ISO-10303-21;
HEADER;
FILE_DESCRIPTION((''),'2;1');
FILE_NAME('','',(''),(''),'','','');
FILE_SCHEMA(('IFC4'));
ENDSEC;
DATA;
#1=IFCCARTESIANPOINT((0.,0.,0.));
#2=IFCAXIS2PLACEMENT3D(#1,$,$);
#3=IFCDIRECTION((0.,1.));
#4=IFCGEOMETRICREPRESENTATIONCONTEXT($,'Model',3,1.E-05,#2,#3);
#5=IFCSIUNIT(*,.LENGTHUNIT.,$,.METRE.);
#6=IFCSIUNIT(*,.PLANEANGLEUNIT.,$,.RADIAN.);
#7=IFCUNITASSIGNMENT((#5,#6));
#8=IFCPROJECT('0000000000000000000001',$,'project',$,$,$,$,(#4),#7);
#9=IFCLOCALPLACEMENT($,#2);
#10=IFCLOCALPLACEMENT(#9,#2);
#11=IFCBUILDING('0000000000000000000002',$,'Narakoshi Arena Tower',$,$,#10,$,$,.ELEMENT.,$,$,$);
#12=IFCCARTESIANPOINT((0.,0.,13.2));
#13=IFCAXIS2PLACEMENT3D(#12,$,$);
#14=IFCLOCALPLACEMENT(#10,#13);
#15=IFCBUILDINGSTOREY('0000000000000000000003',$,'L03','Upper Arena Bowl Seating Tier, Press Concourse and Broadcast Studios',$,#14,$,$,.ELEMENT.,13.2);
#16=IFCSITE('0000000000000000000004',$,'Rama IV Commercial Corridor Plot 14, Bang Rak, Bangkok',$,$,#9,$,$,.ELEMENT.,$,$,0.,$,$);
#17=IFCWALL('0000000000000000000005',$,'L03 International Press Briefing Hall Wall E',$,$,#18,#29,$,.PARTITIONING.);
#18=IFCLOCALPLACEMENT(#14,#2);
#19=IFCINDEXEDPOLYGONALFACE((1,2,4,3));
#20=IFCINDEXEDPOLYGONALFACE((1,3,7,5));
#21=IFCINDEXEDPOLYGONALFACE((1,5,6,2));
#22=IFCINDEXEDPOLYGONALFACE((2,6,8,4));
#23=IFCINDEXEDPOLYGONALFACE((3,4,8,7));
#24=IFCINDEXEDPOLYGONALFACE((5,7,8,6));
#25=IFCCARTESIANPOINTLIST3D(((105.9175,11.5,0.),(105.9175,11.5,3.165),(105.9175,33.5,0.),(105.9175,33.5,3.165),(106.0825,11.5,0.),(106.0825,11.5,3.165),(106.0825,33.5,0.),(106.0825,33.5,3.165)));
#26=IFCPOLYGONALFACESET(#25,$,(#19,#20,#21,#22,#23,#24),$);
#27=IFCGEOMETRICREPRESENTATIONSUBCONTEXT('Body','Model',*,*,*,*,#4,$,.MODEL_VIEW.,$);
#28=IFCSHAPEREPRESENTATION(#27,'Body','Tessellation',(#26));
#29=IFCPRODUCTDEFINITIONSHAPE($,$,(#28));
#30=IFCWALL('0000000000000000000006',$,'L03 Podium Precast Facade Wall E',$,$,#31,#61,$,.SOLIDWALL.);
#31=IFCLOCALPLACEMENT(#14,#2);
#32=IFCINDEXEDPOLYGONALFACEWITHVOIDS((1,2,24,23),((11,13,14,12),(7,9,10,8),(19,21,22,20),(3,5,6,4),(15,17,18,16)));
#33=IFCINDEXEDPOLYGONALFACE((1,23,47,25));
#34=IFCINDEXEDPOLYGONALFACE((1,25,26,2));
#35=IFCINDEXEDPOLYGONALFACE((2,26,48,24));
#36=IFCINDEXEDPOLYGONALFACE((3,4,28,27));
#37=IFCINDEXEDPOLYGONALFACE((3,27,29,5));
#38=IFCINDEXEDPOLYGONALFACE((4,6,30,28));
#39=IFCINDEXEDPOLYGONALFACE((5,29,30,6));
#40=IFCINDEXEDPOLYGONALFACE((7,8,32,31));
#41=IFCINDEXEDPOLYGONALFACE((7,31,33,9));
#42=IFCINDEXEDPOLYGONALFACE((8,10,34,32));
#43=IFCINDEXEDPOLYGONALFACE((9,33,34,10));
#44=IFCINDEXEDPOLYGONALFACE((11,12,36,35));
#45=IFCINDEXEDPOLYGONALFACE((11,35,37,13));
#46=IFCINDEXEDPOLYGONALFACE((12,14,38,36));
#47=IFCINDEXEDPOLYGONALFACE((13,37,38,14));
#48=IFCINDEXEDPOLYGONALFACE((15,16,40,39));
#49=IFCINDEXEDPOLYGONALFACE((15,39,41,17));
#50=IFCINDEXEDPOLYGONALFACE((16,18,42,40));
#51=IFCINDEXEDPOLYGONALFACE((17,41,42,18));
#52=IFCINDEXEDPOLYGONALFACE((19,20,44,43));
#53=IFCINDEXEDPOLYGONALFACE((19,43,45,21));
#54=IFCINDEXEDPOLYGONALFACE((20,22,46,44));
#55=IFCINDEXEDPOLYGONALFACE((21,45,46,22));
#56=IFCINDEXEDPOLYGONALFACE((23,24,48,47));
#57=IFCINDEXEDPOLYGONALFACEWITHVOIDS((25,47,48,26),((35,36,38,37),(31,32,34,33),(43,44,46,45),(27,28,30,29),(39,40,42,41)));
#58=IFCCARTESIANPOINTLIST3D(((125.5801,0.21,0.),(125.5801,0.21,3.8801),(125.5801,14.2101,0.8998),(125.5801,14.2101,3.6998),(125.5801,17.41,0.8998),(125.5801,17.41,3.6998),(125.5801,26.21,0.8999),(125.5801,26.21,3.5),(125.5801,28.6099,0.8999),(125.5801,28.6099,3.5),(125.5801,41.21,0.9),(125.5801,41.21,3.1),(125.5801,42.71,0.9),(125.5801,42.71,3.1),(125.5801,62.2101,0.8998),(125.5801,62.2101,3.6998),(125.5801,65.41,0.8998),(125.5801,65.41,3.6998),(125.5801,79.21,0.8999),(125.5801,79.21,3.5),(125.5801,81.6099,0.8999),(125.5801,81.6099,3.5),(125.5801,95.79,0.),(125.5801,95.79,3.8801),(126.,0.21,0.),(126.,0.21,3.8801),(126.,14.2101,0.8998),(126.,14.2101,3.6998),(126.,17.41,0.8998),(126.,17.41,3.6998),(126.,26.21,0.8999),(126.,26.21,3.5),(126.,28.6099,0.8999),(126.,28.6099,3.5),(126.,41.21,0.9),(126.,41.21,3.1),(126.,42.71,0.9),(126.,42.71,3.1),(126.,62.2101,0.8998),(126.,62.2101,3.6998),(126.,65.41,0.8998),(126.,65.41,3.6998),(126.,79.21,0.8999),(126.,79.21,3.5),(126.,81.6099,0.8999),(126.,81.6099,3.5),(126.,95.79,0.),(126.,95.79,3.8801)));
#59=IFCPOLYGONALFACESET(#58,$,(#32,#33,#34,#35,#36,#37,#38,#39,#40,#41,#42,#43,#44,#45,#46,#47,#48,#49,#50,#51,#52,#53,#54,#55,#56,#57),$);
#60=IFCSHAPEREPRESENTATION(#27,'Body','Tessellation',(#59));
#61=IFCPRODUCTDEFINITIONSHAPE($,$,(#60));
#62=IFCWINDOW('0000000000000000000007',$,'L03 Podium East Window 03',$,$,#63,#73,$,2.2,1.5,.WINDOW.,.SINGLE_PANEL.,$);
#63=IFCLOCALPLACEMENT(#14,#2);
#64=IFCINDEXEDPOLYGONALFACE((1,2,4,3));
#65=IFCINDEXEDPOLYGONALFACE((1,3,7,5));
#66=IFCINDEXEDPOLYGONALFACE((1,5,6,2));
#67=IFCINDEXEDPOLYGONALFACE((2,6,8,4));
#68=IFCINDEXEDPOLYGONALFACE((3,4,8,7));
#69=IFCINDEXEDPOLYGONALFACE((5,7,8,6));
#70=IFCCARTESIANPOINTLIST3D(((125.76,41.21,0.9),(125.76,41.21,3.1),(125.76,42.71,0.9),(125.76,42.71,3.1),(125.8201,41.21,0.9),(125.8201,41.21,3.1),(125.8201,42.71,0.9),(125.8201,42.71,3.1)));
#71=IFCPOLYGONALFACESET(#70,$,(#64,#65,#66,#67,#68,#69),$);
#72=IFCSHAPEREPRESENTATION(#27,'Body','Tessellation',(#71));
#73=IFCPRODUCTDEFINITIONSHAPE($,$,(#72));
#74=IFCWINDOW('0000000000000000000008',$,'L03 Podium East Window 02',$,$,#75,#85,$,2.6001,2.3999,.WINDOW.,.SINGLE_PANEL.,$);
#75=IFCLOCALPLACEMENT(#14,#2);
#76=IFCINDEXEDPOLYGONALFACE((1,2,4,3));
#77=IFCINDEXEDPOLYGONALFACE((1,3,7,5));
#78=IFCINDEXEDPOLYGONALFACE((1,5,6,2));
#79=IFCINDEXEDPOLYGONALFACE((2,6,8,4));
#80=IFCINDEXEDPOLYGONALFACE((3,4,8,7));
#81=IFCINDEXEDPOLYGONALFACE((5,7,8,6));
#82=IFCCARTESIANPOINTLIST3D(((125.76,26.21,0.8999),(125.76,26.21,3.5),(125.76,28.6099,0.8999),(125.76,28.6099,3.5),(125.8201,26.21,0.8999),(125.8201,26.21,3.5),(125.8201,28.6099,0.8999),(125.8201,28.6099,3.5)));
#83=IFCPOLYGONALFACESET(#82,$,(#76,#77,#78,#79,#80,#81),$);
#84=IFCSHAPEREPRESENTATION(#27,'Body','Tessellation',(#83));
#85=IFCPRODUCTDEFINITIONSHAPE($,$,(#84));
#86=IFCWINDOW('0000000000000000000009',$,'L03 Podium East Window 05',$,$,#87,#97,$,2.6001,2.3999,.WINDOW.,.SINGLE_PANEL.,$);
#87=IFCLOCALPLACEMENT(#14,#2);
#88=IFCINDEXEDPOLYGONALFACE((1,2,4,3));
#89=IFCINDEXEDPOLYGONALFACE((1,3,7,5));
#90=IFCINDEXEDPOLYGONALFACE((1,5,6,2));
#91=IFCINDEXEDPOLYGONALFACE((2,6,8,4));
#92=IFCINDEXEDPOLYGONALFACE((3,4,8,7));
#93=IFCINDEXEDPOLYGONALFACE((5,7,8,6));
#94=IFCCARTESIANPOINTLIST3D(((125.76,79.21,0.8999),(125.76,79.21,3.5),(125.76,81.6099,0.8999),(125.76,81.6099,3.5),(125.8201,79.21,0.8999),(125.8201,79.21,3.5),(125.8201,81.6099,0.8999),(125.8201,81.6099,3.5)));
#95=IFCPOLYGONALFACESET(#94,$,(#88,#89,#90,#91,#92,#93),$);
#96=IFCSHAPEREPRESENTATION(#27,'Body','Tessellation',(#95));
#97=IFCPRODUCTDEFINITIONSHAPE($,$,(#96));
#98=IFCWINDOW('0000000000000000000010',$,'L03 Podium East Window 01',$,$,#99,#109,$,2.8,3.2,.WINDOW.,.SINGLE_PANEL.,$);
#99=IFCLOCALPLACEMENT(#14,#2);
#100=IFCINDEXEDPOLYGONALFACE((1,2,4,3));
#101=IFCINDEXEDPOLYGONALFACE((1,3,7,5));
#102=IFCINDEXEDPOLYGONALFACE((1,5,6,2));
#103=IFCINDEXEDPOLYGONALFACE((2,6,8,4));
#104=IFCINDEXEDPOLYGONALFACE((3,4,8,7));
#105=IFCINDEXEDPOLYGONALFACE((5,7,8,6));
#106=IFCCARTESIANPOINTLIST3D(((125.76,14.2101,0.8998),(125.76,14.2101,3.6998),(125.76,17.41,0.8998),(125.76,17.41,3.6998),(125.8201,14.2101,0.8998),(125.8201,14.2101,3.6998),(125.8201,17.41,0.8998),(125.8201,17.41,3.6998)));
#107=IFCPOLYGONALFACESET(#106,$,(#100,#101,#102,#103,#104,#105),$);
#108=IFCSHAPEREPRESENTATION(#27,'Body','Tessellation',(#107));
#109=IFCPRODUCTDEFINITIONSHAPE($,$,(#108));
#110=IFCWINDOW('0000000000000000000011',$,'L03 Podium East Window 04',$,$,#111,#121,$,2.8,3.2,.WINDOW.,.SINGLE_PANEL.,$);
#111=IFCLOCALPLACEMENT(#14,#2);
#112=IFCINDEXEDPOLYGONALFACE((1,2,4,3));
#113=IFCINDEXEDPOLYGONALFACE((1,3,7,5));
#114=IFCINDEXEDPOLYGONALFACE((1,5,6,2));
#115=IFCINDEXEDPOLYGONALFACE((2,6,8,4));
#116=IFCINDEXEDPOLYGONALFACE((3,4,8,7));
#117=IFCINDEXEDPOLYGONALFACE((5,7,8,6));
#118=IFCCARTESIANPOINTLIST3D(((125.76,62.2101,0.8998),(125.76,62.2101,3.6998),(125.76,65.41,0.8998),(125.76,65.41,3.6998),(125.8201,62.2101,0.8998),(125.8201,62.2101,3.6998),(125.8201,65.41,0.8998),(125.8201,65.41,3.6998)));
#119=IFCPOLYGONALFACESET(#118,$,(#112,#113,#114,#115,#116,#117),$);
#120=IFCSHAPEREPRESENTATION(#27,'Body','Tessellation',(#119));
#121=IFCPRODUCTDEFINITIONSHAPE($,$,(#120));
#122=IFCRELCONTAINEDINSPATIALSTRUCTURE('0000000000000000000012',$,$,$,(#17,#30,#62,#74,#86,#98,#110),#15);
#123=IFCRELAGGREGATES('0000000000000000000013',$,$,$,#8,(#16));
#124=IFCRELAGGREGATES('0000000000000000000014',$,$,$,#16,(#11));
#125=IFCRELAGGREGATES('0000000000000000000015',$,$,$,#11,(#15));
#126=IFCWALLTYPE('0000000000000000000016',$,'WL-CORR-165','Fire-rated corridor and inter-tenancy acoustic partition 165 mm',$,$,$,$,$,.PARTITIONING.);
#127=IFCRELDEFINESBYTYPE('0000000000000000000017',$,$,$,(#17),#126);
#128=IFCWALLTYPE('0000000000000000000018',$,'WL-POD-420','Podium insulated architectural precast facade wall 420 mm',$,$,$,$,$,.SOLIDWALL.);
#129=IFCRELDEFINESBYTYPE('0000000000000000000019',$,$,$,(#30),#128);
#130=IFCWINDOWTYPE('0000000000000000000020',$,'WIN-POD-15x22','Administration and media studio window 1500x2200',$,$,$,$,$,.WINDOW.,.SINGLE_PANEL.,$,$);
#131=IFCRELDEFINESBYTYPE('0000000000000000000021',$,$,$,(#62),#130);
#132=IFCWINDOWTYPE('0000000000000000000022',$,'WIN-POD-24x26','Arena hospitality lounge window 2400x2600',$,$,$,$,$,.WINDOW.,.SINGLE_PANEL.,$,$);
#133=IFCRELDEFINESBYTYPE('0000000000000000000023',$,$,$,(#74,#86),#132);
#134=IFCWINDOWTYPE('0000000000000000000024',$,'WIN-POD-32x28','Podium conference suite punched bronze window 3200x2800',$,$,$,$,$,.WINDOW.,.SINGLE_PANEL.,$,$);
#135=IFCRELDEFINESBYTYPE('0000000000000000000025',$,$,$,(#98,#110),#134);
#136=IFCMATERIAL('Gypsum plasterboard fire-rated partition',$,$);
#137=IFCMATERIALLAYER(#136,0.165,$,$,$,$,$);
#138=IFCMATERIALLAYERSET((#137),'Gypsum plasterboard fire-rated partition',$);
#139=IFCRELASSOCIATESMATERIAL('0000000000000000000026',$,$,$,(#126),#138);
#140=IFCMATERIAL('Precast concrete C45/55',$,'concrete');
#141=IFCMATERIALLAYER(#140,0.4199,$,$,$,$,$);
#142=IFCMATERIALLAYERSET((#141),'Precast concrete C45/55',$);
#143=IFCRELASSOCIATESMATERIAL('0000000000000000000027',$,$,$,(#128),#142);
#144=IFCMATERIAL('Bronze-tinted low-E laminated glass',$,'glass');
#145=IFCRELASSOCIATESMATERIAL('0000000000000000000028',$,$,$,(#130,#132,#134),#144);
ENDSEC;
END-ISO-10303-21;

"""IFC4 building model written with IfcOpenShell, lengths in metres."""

from ifc_helpers import new_model, si_unit, direction, frame, frame_2d, origin, place, context, subcontext, project, spatial, rectangle, extrude, material, layer, layer_set, type_object, element, fill, save


model = new_model("IFC4")

# Units and contexts
model_context = context("Model", 3, precision=1e-05, world=origin(), true_north=direction((0.0, 1.0)))
body_context = subcontext(model_context, "Body", "Model", "MODEL_VIEW")
ifc_project = project(units=[si_unit("LENGTHUNIT", "METRE"), si_unit("PLANEANGLEUNIT", "RADIAN")], contexts=[model_context])

# Site, building, storey
site_placement = place(None, origin())
site = spatial("IfcSite", under=ifc_project, at=site_placement, Name="Rama IV Commercial Corridor Plot 14, Bang Rak, Bangkok", CompositionType="ELEMENT", RefElevation=0.0)
building_placement = place(site_placement, origin())
building = spatial("IfcBuilding", under=site, at=building_placement, Name="Narakoshi Arena Tower", CompositionType="ELEMENT")
storey_placement = place(building_placement, frame((0.0, 0.0, 13.2)))
storey = spatial("IfcBuildingStorey", under=building, at=storey_placement, Name="L03", Description="Upper Arena Bowl Seating Tier, Press Concourse and Broadcast Studios", CompositionType="ELEMENT", Elevation=13.2)

# Wall
ifc_material_1 = material(Name="Gypsum plasterboard fire-rated partition")
ifc_layer_1 = layer(ifc_material_1, 0.165)
ifc_layer_set_1 = layer_set([ifc_layer_1], Name="Gypsum plasterboard fire-rated partition")
wall_type_1 = type_object("IfcWallType", Name="WL-CORR-165", Description="Fire-rated corridor and inter-tenancy acoustic partition 165 mm", PredefinedType="PARTITIONING", material=ifc_layer_set_1)
wall_1_placement = place(storey_placement, frame((106.0, 11.5, 0.0), z_axis=(0.0, 0.0, 1.0), x_axis=(0.0, 1.0, 0.0)))
element("IfcWall", 1, at=wall_1_placement, inside=storey, type_object=wall_type_1, Name="L03 International Press Briefing Hall Wall E", PredefinedType="PARTITIONING", context=body_context, shape_type="SweptSolid", body=[
    extrude(rectangle(XDim=22.0, YDim=0.165, at=frame_2d((11.0, 0.0))), origin(), (0.0, 0.0, 1.0), 3.165),
])

# Wall, openings, windows
ifc_material_2 = material(Name="Precast concrete C45/55", Category="concrete")
ifc_layer_2 = layer(ifc_material_2, 0.4199)
ifc_layer_set_2 = layer_set([ifc_layer_2], Name="Precast concrete C45/55")
wall_type_2 = type_object("IfcWallType", Name="WL-POD-420", Description="Podium insulated architectural precast facade wall 420 mm", PredefinedType="SOLIDWALL", material=ifc_layer_set_2)
wall_2_placement = place(storey_placement, frame((125.79, 0.21, 0.0), z_axis=(0.0, 0.0, 1.0), x_axis=(0.0, 1.0, 0.0)))
wall_2 = element("IfcWall", 2, at=wall_2_placement, inside=storey, type_object=wall_type_2, Name="L03 Podium Precast Facade Wall E", PredefinedType="SOLIDWALL", context=body_context, shape_type="SweptSolid", body=[
    extrude(rectangle(XDim=95.5801, YDim=0.4199, at=frame_2d((47.79, 0.0))), origin(), (0.0, 0.0, 1.0), 3.8801),
])
opening_1_placement = place(wall_2_placement, frame((14.0, 0.0, 0.8999)))
opening_1 = element("IfcOpeningElement", 3, at=opening_1_placement, cuts=wall_2, PredefinedType="OPENING", context=body_context, shape_type="SweptSolid", body=[
    extrude(rectangle(XDim=3.2, YDim=2.8, at=frame_2d((1.6001, 1.3999))), frame((0.0, 0.22, 0.0), z_axis=(0.0, -1.0, 0.0), x_axis=(1.0, 0.0, 0.0)), (0.0, 0.0, 1.0), 0.4399),
])
opening_2_placement = place(wall_2_placement, frame((26.0, 0.0, 0.8999)))
opening_2 = element("IfcOpeningElement", 4, at=opening_2_placement, cuts=wall_2, PredefinedType="OPENING", context=body_context, shape_type="SweptSolid", body=[
    extrude(rectangle(XDim=2.3999, YDim=2.6001, at=frame_2d((1.2, 1.3))), frame((0.0, 0.22, 0.0), z_axis=(0.0, -1.0, 0.0), x_axis=(1.0, 0.0, 0.0)), (0.0, 0.0, 1.0), 0.4399),
])
opening_3_placement = place(wall_2_placement, frame((41.0, 0.0, 0.8999)))
opening_3 = element("IfcOpeningElement", 5, at=opening_3_placement, cuts=wall_2, PredefinedType="OPENING", context=body_context, shape_type="SweptSolid", body=[
    extrude(rectangle(XDim=1.5, YDim=2.2, at=frame_2d((0.75, 1.1001))), frame((0.0, 0.22, 0.0), z_axis=(0.0, -1.0, 0.0), x_axis=(1.0, 0.0, 0.0)), (0.0, 0.0, 1.0), 0.4399),
])
opening_4_placement = place(wall_2_placement, frame((62.0, 0.0, 0.8999)))
opening_4 = element("IfcOpeningElement", 6, at=opening_4_placement, cuts=wall_2, PredefinedType="OPENING", context=body_context, shape_type="SweptSolid", body=[
    extrude(rectangle(XDim=3.2, YDim=2.8, at=frame_2d((1.6001, 1.3999))), frame((0.0, 0.22, 0.0), z_axis=(0.0, -1.0, 0.0), x_axis=(1.0, 0.0, 0.0)), (0.0, 0.0, 1.0), 0.4399),
])
opening_5_placement = place(wall_2_placement, frame((79.0, 0.0, 0.8999)))
opening_5 = element("IfcOpeningElement", 7, at=opening_5_placement, cuts=wall_2, PredefinedType="OPENING", context=body_context, shape_type="SweptSolid", body=[
    extrude(rectangle(XDim=2.3999, YDim=2.6001, at=frame_2d((1.2, 1.3))), frame((0.0, 0.22, 0.0), z_axis=(0.0, -1.0, 0.0), x_axis=(1.0, 0.0, 0.0)), (0.0, 0.0, 1.0), 0.4399),
])
ifc_material_3 = material(Name="Bronze-tinted low-E laminated glass", Category="glass")
window_type_1 = type_object("IfcWindowType", Name="WIN-POD-15x22", Description="Administration and media studio window 1500x2200", PartitioningType="SINGLE_PANEL", PredefinedType="WINDOW", material=ifc_material_3)
window_1_placement = place(opening_3_placement, origin())
window_1 = element("IfcWindow", 8, at=window_1_placement, inside=storey, type_object=window_type_1, Name="L03 Podium East Window 03", OverallHeight=2.2, OverallWidth=1.5, PartitioningType="SINGLE_PANEL", PredefinedType="WINDOW", context=body_context, shape_type="SweptSolid", body=[
    extrude(rectangle(XDim=1.5, YDim=2.2, at=frame_2d((0.75, 1.1001))), frame((0.0, 0.03, 0.0), z_axis=(0.0, -1.0, 0.0), x_axis=(1.0, 0.0, 0.0)), (0.0, 0.0, 1.0), 0.0601),
])
fill(opening_3, window_1)
window_type_2 = type_object("IfcWindowType", Name="WIN-POD-24x26", Description="Arena hospitality lounge window 2400x2600", PartitioningType="SINGLE_PANEL", PredefinedType="WINDOW", material=ifc_material_3)
window_2_placement = place(opening_2_placement, origin())
window_2 = element("IfcWindow", 9, at=window_2_placement, inside=storey, type_object=window_type_2, Name="L03 Podium East Window 02", OverallHeight=2.6001, OverallWidth=2.3999, PartitioningType="SINGLE_PANEL", PredefinedType="WINDOW", context=body_context, shape_type="SweptSolid", body=[
    extrude(rectangle(XDim=2.3999, YDim=2.6001, at=frame_2d((1.2, 1.3))), frame((0.0, 0.03, 0.0), z_axis=(0.0, -1.0, 0.0), x_axis=(1.0, 0.0, 0.0)), (0.0, 0.0, 1.0), 0.0601),
])
fill(opening_2, window_2)
window_3_placement = place(opening_5_placement, origin())
window_3 = element("IfcWindow", 10, at=window_3_placement, inside=storey, type_object=window_type_2, Name="L03 Podium East Window 05", OverallHeight=2.6001, OverallWidth=2.3999, PartitioningType="SINGLE_PANEL", PredefinedType="WINDOW", context=body_context, shape_type="SweptSolid", body=[
    extrude(rectangle(XDim=2.3999, YDim=2.6001, at=frame_2d((1.2, 1.3))), frame((0.0, 0.03, 0.0), z_axis=(0.0, -1.0, 0.0), x_axis=(1.0, 0.0, 0.0)), (0.0, 0.0, 1.0), 0.0601),
])
fill(opening_5, window_3)
window_type_3 = type_object("IfcWindowType", Name="WIN-POD-32x28", Description="Podium conference suite punched bronze window 3200x2800", PartitioningType="SINGLE_PANEL", PredefinedType="WINDOW", material=ifc_material_3)
window_4_placement = place(opening_1_placement, origin())
window_4 = element("IfcWindow", 11, at=window_4_placement, inside=storey, type_object=window_type_3, Name="L03 Podium East Window 01", OverallHeight=2.8, OverallWidth=3.2, PartitioningType="SINGLE_PANEL", PredefinedType="WINDOW", context=body_context, shape_type="SweptSolid", body=[
    extrude(rectangle(XDim=3.2, YDim=2.8, at=frame_2d((1.6001, 1.3999))), frame((0.0, 0.03, 0.0), z_axis=(0.0, -1.0, 0.0), x_axis=(1.0, 0.0, 0.0)), (0.0, 0.0, 1.0), 0.0601),
])
fill(opening_1, window_4)
window_5_placement = place(opening_4_placement, origin())
window_5 = element("IfcWindow", 12, at=window_5_placement, inside=storey, type_object=window_type_3, Name="L03 Podium East Window 04", OverallHeight=2.8, OverallWidth=3.2, PartitioningType="SINGLE_PANEL", PredefinedType="WINDOW", context=body_context, shape_type="SweptSolid", body=[
    extrude(rectangle(XDim=3.2, YDim=2.8, at=frame_2d((1.6001, 1.3999))), frame((0.0, 0.03, 0.0), z_axis=(0.0, -1.0, 0.0), x_axis=(1.0, 0.0, 0.0)), (0.0, 0.0, 1.0), 0.0601),
])
fill(opening_4, window_5)

save(model, "model.ifc")
